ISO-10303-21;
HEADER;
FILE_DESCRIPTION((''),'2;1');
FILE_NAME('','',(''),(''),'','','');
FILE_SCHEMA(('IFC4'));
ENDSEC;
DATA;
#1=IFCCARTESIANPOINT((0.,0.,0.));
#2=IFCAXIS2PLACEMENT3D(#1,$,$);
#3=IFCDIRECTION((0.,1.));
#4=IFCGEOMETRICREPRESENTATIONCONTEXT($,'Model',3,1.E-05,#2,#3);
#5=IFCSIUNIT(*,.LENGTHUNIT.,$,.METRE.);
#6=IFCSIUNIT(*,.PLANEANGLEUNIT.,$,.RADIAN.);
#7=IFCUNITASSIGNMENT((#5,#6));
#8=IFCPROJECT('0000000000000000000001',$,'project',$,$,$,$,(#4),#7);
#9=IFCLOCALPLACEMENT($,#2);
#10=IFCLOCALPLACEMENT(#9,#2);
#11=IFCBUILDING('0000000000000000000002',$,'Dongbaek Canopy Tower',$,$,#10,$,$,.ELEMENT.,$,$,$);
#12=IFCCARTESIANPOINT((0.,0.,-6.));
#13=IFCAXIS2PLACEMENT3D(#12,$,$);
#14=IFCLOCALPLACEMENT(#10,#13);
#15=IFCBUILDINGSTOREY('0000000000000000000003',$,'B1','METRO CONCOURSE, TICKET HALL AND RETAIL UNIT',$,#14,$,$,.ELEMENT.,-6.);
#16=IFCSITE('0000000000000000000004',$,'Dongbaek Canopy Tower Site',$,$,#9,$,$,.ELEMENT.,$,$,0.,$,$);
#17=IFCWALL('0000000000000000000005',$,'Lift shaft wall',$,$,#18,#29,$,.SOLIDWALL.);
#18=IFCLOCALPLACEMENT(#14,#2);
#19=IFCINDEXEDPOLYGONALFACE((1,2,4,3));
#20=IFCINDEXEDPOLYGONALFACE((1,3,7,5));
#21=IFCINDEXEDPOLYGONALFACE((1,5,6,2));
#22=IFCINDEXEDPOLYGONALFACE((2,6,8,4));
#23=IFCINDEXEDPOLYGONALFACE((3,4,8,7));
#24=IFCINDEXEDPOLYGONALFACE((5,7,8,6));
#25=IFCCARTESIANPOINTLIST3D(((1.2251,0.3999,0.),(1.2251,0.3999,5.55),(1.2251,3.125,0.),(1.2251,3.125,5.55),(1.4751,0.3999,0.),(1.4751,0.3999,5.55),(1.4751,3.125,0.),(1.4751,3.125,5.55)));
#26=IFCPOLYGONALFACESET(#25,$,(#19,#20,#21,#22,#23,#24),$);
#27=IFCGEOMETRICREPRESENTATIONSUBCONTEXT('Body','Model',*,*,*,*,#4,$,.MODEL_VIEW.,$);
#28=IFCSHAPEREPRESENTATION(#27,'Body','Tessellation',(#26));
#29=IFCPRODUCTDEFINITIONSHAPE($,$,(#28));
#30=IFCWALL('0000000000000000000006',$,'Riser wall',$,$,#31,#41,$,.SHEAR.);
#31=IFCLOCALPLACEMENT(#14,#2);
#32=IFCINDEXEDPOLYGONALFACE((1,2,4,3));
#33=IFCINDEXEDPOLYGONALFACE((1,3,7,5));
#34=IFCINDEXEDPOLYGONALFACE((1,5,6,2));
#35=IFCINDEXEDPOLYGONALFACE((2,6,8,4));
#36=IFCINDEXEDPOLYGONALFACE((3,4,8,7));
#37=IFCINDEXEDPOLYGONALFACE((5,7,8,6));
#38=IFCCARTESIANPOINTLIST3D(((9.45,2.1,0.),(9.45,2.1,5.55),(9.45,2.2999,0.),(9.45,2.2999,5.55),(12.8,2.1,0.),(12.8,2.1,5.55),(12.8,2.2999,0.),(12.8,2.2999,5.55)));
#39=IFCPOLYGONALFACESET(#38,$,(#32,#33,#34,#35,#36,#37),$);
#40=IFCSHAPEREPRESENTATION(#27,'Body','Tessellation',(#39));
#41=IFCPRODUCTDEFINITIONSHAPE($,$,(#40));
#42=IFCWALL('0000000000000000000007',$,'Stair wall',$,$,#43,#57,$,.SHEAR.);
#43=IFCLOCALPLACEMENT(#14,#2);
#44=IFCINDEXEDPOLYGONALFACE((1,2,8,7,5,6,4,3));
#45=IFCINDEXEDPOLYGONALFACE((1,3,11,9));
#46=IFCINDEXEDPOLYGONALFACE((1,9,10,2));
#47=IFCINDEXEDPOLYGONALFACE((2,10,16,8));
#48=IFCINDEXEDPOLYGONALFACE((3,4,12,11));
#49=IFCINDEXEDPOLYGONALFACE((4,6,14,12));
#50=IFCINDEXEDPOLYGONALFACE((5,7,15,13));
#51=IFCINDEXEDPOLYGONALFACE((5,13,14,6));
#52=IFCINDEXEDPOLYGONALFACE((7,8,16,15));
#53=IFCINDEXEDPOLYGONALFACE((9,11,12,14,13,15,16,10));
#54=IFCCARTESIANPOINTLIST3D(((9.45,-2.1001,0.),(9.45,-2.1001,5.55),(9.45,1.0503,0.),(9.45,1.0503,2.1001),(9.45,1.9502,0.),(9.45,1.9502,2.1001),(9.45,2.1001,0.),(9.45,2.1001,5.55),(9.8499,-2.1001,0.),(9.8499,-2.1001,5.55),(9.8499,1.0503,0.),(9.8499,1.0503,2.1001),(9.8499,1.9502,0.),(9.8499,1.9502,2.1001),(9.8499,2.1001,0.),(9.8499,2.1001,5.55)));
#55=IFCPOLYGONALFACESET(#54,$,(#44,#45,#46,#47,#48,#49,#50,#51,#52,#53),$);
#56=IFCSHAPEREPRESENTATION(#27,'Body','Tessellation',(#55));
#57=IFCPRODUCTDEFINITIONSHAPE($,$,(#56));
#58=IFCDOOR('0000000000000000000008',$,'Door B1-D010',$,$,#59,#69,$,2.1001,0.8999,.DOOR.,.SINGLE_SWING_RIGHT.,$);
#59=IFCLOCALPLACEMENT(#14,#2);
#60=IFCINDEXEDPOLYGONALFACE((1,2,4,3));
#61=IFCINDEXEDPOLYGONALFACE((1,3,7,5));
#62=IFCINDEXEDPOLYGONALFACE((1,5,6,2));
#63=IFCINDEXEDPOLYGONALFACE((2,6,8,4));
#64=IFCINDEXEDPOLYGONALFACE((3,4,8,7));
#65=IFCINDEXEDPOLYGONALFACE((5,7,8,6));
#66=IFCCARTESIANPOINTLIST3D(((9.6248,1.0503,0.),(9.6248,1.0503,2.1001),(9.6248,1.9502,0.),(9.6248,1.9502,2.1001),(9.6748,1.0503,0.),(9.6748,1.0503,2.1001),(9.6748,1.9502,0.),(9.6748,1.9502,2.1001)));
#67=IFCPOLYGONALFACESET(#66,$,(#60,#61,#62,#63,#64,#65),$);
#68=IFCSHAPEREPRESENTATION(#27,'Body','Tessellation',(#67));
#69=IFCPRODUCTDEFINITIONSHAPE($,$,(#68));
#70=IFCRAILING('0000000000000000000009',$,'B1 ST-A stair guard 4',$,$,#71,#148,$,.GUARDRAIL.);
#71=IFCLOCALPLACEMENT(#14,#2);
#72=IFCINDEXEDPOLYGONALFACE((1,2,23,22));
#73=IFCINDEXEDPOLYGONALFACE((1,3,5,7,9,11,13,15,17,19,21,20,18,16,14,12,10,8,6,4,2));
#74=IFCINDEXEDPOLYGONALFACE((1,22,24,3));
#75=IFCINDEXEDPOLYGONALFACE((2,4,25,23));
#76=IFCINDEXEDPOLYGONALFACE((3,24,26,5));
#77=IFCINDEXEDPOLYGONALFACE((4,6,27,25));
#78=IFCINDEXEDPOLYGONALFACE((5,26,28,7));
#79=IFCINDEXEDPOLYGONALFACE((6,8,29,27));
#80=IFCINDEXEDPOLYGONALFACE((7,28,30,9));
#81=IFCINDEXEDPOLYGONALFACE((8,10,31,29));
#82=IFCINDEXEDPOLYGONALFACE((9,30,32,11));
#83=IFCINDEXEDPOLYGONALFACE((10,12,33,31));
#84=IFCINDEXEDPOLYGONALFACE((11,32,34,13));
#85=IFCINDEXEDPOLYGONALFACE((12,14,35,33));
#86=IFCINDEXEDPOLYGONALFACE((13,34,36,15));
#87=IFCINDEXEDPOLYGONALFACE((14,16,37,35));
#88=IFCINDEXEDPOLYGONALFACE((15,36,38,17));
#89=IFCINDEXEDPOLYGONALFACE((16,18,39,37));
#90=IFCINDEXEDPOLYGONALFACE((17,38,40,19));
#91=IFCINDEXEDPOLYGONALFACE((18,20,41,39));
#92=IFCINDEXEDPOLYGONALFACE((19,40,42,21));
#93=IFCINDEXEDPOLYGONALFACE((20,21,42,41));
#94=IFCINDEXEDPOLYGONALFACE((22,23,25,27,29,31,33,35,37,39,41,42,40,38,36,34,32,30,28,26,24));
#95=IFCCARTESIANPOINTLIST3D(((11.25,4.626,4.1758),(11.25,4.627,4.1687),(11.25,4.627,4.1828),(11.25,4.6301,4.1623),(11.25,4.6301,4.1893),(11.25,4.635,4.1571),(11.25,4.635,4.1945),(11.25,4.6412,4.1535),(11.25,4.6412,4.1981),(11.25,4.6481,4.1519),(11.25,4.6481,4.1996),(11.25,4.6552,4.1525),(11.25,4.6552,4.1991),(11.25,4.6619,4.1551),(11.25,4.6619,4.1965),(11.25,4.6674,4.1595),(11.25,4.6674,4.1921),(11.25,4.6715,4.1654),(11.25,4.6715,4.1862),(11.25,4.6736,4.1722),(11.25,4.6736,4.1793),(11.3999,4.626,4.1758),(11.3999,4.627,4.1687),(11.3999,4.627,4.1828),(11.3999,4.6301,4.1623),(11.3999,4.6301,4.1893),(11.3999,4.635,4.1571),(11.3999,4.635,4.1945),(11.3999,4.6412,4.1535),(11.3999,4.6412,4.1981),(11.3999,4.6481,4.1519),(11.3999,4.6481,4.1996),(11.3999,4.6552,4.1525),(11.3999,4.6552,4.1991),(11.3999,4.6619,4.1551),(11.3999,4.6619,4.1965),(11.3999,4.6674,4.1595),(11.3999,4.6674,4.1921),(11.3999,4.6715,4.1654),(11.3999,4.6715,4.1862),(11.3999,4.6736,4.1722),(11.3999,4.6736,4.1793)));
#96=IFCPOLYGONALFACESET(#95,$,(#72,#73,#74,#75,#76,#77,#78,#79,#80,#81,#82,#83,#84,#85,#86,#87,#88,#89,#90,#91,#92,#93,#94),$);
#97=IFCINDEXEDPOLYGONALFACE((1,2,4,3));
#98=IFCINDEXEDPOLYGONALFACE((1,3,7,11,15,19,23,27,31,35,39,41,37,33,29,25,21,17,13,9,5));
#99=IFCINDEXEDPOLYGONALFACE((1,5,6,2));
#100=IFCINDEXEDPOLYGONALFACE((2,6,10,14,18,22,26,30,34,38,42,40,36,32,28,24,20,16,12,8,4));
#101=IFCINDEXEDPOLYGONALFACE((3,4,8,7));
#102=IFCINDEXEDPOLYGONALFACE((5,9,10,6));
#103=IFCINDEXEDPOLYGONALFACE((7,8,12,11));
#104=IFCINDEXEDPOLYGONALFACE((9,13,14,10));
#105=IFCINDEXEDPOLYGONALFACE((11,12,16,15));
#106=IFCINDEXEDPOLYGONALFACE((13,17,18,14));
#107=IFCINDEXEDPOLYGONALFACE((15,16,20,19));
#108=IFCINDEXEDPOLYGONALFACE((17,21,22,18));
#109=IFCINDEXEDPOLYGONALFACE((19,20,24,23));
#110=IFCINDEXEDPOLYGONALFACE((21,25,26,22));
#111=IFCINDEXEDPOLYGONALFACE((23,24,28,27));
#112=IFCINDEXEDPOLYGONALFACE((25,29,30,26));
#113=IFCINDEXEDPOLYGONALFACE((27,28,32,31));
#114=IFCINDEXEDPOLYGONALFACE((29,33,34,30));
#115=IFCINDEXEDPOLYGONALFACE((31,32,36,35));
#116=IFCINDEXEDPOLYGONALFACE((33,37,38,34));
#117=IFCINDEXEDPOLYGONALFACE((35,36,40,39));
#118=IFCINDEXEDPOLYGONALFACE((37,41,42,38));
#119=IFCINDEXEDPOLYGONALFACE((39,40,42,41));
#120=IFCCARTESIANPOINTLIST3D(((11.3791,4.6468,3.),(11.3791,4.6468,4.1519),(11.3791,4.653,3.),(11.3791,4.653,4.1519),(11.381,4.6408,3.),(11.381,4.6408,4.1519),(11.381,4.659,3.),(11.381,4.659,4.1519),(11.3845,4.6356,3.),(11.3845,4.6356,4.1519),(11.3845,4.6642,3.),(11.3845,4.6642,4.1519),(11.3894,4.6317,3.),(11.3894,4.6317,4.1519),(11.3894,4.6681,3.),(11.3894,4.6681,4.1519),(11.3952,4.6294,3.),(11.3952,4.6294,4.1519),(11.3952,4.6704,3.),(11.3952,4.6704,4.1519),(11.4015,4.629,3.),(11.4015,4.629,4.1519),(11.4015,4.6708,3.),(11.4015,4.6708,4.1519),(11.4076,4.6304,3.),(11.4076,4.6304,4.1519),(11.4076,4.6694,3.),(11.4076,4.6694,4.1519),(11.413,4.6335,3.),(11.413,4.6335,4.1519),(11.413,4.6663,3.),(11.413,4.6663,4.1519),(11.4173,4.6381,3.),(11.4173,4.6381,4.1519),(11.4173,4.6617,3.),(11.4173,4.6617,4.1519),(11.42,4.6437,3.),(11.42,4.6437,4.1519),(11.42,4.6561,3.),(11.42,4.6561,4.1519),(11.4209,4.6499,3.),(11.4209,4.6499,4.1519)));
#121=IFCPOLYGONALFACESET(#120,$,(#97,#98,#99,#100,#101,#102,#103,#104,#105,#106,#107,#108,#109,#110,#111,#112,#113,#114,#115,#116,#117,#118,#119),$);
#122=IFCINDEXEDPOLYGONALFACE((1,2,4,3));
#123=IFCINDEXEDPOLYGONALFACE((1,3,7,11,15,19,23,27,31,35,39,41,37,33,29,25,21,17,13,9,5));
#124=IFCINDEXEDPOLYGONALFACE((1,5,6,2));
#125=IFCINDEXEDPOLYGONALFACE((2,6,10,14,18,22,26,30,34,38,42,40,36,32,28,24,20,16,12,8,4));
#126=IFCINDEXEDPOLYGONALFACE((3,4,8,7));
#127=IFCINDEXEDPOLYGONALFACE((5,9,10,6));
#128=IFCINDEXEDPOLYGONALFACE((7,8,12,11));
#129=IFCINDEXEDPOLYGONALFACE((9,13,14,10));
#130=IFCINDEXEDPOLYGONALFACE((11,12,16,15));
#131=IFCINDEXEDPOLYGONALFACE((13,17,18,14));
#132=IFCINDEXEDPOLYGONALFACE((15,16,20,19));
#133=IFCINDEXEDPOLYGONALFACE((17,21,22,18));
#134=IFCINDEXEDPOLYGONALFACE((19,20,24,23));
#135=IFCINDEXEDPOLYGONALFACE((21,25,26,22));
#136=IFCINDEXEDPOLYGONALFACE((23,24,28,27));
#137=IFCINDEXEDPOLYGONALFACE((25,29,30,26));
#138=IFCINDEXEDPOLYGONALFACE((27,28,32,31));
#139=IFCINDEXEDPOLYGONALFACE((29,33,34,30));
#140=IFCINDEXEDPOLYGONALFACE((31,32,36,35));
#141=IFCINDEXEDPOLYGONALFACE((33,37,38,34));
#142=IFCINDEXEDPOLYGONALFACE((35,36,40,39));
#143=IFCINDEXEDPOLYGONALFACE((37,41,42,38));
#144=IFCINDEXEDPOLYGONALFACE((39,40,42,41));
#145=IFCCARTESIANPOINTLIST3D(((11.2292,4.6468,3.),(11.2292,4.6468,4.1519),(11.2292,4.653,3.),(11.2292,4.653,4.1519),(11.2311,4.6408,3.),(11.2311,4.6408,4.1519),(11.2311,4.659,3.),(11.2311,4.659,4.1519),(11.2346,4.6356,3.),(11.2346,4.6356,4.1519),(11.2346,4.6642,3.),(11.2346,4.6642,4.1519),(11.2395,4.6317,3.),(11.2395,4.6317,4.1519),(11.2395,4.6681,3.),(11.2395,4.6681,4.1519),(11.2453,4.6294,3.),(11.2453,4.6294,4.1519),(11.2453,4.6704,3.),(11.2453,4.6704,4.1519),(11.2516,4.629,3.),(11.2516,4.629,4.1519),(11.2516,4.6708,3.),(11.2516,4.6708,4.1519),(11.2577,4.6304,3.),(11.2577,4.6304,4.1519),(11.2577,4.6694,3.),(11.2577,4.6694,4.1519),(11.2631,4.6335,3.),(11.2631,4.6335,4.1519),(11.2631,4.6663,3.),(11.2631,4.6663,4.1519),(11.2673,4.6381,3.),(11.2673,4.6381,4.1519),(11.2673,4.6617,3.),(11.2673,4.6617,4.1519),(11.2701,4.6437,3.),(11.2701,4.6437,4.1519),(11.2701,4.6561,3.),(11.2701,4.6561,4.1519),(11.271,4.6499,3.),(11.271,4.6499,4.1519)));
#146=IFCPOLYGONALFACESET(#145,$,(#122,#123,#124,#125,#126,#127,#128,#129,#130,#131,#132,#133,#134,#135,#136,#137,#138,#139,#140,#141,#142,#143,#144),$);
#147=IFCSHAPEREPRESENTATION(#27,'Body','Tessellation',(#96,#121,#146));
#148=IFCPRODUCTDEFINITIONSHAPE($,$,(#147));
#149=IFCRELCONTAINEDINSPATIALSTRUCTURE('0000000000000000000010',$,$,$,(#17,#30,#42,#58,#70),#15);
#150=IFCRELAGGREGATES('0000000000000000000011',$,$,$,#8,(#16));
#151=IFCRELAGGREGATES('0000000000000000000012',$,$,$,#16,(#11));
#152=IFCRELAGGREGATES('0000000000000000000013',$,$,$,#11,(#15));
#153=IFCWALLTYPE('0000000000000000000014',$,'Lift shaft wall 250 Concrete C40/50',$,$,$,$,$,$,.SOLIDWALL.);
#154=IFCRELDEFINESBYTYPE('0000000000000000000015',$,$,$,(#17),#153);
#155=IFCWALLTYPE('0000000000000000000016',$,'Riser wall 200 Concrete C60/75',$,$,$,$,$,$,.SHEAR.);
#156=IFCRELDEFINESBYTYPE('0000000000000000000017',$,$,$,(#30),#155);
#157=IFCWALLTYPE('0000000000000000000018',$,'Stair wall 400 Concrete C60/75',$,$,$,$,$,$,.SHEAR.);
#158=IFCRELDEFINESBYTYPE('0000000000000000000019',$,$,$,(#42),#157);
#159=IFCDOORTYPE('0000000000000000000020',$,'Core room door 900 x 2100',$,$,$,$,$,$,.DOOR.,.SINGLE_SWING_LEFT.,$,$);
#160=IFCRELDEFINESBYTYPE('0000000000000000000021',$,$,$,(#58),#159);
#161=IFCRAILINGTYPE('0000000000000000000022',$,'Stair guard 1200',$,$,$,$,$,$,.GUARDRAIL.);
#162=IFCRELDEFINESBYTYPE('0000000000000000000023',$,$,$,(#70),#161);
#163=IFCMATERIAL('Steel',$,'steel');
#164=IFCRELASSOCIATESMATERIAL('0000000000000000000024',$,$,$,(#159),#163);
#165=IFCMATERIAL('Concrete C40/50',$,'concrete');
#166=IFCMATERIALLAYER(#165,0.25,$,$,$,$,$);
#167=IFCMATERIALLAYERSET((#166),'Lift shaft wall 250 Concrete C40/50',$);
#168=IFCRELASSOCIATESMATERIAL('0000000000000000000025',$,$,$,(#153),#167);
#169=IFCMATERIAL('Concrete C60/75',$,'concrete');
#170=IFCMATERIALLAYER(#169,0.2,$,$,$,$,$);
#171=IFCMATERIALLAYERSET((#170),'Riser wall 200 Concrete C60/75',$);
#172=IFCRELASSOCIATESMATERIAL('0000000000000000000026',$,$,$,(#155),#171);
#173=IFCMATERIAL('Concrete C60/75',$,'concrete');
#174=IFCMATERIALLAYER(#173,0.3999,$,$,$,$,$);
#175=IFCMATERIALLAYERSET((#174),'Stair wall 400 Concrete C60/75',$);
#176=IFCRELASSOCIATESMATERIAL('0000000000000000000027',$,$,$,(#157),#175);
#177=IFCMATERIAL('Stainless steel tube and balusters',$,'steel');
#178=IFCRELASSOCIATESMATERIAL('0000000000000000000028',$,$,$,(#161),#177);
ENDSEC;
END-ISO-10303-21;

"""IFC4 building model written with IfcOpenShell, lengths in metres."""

from ifc_helpers import new_model, si_unit, direction, frame, frame_2d, origin, origin_2d, place, context, subcontext, project, spatial, rectangle, circle, extrude, material, layer, layer_set, type_object, element, fill, save


model = new_model("IFC4")

# Units and contexts
model_context = context("Model", 3, precision=1e-05, world=origin(), true_north=direction((0.0, 1.0)))
body_context = subcontext(model_context, "Body", "Model", "MODEL_VIEW")
ifc_project = project(units=[si_unit("LENGTHUNIT", "METRE"), si_unit("PLANEANGLEUNIT", "RADIAN")], contexts=[model_context])

# Site, building, storey
site_placement = place(None, origin())
site = spatial("IfcSite", under=ifc_project, at=site_placement, Name="Dongbaek Canopy Tower Site", CompositionType="ELEMENT", RefElevation=0.0)
building_placement = place(site_placement, origin())
building = spatial("IfcBuilding", under=site, at=building_placement, Name="Dongbaek Canopy Tower", CompositionType="ELEMENT")
storey_placement = place(building_placement, frame((0.0, 0.0, -6.0)))
storey = spatial("IfcBuildingStorey", under=building, at=storey_placement, Name="B1", Description="METRO CONCOURSE, TICKET HALL AND RETAIL UNIT", CompositionType="ELEMENT", Elevation=-6.0)

# Shared definitions
ifc_material_1 = material(Name="Steel", Category="steel")
door_type_1 = type_object("IfcDoorType", Name="Core room door 900 x 2100", OperationType="SINGLE_SWING_LEFT", PredefinedType="DOOR", material=ifc_material_1)

# Walls
ifc_material_2 = material(Name="Concrete C40/50", Category="concrete")
ifc_layer_1 = layer(ifc_material_2, 0.25)
ifc_layer_set_1 = layer_set([ifc_layer_1], Name="Lift shaft wall 250 Concrete C40/50")
wall_type_1 = type_object("IfcWallType", Name="Lift shaft wall 250 Concrete C40/50", PredefinedType="SOLIDWALL", material=ifc_layer_set_1)
for number, where, z_axis, x_axis, name in (
    (1, (1.3501, 0.3999, 0.0), (0.0, 0.0, 1.0), (0.0, 1.0, 0.0), "Lift shaft wall"),
):
    element("IfcWall", number, at=place(storey_placement, frame(where, z_axis=z_axis, x_axis=x_axis)), inside=storey, type_object=wall_type_1, Name=name, PredefinedType="SOLIDWALL", context=body_context, shape_type="SweptSolid", body=[
        extrude(rectangle(XDim=2.7251, YDim=0.25, at=frame_2d((1.3625, 0.0))), origin(), (0.0, 0.0, 1.0), 5.55),
    ])
ifc_material_3 = material(Name="Concrete C60/75", Category="concrete")
ifc_layer_2 = layer(ifc_material_3, 0.2)
ifc_layer_set_2 = layer_set([ifc_layer_2], Name="Riser wall 200 Concrete C60/75")
wall_type_2 = type_object("IfcWallType", Name="Riser wall 200 Concrete C60/75", PredefinedType="SHEAR", material=ifc_layer_set_2)
wall_1_placement = place(storey_placement, frame((9.45, 2.2, 0.0), z_axis=(0.0, 0.0, 1.0), x_axis=(1.0, 0.0, 0.0)))
element("IfcWall", 2, at=wall_1_placement, inside=storey, type_object=wall_type_2, Name="Riser wall", PredefinedType="SHEAR", context=body_context, shape_type="SweptSolid", body=[
    extrude(rectangle(XDim=3.3501, YDim=0.2, at=frame_2d((1.675, 0.0))), origin(), (0.0, 0.0, 1.0), 5.55),
])

# Wall, opening, door
ifc_material_4 = material(Name="Concrete C60/75", Category="concrete")
ifc_layer_3 = layer(ifc_material_4, 0.3999)
ifc_layer_set_3 = layer_set([ifc_layer_3], Name="Stair wall 400 Concrete C60/75")
wall_type_3 = type_object("IfcWallType", Name="Stair wall 400 Concrete C60/75", PredefinedType="SHEAR", material=ifc_layer_set_3)
wall_2_placement = place(storey_placement, frame((9.6499, 2.1001, 0.0), z_axis=(0.0, 0.0, 1.0), x_axis=(0.0, -1.0, 0.0)))
wall_2 = element("IfcWall", 3, at=wall_2_placement, inside=storey, type_object=wall_type_3, Name="Stair wall", PredefinedType="SHEAR", context=body_context, shape_type="SweptSolid", body=[
    extrude(rectangle(XDim=4.2002, YDim=0.3999, at=frame_2d((2.1001, 0.0))), origin(), (0.0, 0.0, 1.0), 5.55),
])
opening_1_placement = place(wall_2_placement, frame((0.1499, 0.0, 0.0)))
opening_1 = element("IfcOpeningElement", 4, at=opening_1_placement, cuts=wall_2, PredefinedType="OPENING", context=body_context, shape_type="SweptSolid", body=[
    extrude(rectangle(XDim=0.8999, YDim=2.1001, at=frame_2d((0.45, 1.05))), frame((0.0, 0.21, 0.0), z_axis=(0.0, -1.0, 0.0), x_axis=(1.0, 0.0, 0.0)), (0.0, 0.0, 1.0), 0.4199),
])
door_1_placement = place(opening_1_placement, origin())
door_1 = element("IfcDoor", 5, at=door_1_placement, inside=storey, type_object=door_type_1, Name="Door B1-D010", OperationType="SINGLE_SWING_RIGHT", OverallHeight=2.1001, OverallWidth=0.8999, PredefinedType="DOOR", context=body_context, shape_type="SweptSolid", body=[
    extrude(rectangle(XDim=0.8999, YDim=2.1001, at=frame_2d((0.45, 1.05))), frame((0.0, 0.0249, 0.0), z_axis=(0.0, -1.0, 0.0), x_axis=(1.0, 0.0, 0.0)), (0.0, 0.0, 1.0), 0.05),
])
fill(opening_1, door_1)

# Railing
ifc_material_5 = material(Name="Stainless steel tube and balusters", Category="steel")
railing_type = type_object("IfcRailingType", Name="Stair guard 1200", PredefinedType="GUARDRAIL", material=ifc_material_5)
railing_placement = place(storey_placement, frame((11.3999, 4.6499, 3.0)))
element("IfcRailing", 6, at=railing_placement, inside=storey, type_object=railing_type, Name="B1 ST-A stair guard 4", PredefinedType="GUARDRAIL", context=body_context, shape_type="SweptSolid", body=[
    extrude(circle(Radius=0.0239, at=origin_2d()), frame((0.0, 0.0, 1.1758), z_axis=(-1.0, 0.0, 0.0), x_axis=(0.0, -1.0, 0.0)), (0.0, 0.0, 1.0), 0.1499),
    extrude(circle(Radius=0.021, at=origin_2d()), origin(), (0.0, 0.0, 1.0), 1.1519),
    extrude(circle(Radius=0.021, at=origin_2d()), frame((-0.1499, 0.0, 0.0)), (0.0, 0.0, 1.0), 1.1519),
])

save(model, "model.ifc")
